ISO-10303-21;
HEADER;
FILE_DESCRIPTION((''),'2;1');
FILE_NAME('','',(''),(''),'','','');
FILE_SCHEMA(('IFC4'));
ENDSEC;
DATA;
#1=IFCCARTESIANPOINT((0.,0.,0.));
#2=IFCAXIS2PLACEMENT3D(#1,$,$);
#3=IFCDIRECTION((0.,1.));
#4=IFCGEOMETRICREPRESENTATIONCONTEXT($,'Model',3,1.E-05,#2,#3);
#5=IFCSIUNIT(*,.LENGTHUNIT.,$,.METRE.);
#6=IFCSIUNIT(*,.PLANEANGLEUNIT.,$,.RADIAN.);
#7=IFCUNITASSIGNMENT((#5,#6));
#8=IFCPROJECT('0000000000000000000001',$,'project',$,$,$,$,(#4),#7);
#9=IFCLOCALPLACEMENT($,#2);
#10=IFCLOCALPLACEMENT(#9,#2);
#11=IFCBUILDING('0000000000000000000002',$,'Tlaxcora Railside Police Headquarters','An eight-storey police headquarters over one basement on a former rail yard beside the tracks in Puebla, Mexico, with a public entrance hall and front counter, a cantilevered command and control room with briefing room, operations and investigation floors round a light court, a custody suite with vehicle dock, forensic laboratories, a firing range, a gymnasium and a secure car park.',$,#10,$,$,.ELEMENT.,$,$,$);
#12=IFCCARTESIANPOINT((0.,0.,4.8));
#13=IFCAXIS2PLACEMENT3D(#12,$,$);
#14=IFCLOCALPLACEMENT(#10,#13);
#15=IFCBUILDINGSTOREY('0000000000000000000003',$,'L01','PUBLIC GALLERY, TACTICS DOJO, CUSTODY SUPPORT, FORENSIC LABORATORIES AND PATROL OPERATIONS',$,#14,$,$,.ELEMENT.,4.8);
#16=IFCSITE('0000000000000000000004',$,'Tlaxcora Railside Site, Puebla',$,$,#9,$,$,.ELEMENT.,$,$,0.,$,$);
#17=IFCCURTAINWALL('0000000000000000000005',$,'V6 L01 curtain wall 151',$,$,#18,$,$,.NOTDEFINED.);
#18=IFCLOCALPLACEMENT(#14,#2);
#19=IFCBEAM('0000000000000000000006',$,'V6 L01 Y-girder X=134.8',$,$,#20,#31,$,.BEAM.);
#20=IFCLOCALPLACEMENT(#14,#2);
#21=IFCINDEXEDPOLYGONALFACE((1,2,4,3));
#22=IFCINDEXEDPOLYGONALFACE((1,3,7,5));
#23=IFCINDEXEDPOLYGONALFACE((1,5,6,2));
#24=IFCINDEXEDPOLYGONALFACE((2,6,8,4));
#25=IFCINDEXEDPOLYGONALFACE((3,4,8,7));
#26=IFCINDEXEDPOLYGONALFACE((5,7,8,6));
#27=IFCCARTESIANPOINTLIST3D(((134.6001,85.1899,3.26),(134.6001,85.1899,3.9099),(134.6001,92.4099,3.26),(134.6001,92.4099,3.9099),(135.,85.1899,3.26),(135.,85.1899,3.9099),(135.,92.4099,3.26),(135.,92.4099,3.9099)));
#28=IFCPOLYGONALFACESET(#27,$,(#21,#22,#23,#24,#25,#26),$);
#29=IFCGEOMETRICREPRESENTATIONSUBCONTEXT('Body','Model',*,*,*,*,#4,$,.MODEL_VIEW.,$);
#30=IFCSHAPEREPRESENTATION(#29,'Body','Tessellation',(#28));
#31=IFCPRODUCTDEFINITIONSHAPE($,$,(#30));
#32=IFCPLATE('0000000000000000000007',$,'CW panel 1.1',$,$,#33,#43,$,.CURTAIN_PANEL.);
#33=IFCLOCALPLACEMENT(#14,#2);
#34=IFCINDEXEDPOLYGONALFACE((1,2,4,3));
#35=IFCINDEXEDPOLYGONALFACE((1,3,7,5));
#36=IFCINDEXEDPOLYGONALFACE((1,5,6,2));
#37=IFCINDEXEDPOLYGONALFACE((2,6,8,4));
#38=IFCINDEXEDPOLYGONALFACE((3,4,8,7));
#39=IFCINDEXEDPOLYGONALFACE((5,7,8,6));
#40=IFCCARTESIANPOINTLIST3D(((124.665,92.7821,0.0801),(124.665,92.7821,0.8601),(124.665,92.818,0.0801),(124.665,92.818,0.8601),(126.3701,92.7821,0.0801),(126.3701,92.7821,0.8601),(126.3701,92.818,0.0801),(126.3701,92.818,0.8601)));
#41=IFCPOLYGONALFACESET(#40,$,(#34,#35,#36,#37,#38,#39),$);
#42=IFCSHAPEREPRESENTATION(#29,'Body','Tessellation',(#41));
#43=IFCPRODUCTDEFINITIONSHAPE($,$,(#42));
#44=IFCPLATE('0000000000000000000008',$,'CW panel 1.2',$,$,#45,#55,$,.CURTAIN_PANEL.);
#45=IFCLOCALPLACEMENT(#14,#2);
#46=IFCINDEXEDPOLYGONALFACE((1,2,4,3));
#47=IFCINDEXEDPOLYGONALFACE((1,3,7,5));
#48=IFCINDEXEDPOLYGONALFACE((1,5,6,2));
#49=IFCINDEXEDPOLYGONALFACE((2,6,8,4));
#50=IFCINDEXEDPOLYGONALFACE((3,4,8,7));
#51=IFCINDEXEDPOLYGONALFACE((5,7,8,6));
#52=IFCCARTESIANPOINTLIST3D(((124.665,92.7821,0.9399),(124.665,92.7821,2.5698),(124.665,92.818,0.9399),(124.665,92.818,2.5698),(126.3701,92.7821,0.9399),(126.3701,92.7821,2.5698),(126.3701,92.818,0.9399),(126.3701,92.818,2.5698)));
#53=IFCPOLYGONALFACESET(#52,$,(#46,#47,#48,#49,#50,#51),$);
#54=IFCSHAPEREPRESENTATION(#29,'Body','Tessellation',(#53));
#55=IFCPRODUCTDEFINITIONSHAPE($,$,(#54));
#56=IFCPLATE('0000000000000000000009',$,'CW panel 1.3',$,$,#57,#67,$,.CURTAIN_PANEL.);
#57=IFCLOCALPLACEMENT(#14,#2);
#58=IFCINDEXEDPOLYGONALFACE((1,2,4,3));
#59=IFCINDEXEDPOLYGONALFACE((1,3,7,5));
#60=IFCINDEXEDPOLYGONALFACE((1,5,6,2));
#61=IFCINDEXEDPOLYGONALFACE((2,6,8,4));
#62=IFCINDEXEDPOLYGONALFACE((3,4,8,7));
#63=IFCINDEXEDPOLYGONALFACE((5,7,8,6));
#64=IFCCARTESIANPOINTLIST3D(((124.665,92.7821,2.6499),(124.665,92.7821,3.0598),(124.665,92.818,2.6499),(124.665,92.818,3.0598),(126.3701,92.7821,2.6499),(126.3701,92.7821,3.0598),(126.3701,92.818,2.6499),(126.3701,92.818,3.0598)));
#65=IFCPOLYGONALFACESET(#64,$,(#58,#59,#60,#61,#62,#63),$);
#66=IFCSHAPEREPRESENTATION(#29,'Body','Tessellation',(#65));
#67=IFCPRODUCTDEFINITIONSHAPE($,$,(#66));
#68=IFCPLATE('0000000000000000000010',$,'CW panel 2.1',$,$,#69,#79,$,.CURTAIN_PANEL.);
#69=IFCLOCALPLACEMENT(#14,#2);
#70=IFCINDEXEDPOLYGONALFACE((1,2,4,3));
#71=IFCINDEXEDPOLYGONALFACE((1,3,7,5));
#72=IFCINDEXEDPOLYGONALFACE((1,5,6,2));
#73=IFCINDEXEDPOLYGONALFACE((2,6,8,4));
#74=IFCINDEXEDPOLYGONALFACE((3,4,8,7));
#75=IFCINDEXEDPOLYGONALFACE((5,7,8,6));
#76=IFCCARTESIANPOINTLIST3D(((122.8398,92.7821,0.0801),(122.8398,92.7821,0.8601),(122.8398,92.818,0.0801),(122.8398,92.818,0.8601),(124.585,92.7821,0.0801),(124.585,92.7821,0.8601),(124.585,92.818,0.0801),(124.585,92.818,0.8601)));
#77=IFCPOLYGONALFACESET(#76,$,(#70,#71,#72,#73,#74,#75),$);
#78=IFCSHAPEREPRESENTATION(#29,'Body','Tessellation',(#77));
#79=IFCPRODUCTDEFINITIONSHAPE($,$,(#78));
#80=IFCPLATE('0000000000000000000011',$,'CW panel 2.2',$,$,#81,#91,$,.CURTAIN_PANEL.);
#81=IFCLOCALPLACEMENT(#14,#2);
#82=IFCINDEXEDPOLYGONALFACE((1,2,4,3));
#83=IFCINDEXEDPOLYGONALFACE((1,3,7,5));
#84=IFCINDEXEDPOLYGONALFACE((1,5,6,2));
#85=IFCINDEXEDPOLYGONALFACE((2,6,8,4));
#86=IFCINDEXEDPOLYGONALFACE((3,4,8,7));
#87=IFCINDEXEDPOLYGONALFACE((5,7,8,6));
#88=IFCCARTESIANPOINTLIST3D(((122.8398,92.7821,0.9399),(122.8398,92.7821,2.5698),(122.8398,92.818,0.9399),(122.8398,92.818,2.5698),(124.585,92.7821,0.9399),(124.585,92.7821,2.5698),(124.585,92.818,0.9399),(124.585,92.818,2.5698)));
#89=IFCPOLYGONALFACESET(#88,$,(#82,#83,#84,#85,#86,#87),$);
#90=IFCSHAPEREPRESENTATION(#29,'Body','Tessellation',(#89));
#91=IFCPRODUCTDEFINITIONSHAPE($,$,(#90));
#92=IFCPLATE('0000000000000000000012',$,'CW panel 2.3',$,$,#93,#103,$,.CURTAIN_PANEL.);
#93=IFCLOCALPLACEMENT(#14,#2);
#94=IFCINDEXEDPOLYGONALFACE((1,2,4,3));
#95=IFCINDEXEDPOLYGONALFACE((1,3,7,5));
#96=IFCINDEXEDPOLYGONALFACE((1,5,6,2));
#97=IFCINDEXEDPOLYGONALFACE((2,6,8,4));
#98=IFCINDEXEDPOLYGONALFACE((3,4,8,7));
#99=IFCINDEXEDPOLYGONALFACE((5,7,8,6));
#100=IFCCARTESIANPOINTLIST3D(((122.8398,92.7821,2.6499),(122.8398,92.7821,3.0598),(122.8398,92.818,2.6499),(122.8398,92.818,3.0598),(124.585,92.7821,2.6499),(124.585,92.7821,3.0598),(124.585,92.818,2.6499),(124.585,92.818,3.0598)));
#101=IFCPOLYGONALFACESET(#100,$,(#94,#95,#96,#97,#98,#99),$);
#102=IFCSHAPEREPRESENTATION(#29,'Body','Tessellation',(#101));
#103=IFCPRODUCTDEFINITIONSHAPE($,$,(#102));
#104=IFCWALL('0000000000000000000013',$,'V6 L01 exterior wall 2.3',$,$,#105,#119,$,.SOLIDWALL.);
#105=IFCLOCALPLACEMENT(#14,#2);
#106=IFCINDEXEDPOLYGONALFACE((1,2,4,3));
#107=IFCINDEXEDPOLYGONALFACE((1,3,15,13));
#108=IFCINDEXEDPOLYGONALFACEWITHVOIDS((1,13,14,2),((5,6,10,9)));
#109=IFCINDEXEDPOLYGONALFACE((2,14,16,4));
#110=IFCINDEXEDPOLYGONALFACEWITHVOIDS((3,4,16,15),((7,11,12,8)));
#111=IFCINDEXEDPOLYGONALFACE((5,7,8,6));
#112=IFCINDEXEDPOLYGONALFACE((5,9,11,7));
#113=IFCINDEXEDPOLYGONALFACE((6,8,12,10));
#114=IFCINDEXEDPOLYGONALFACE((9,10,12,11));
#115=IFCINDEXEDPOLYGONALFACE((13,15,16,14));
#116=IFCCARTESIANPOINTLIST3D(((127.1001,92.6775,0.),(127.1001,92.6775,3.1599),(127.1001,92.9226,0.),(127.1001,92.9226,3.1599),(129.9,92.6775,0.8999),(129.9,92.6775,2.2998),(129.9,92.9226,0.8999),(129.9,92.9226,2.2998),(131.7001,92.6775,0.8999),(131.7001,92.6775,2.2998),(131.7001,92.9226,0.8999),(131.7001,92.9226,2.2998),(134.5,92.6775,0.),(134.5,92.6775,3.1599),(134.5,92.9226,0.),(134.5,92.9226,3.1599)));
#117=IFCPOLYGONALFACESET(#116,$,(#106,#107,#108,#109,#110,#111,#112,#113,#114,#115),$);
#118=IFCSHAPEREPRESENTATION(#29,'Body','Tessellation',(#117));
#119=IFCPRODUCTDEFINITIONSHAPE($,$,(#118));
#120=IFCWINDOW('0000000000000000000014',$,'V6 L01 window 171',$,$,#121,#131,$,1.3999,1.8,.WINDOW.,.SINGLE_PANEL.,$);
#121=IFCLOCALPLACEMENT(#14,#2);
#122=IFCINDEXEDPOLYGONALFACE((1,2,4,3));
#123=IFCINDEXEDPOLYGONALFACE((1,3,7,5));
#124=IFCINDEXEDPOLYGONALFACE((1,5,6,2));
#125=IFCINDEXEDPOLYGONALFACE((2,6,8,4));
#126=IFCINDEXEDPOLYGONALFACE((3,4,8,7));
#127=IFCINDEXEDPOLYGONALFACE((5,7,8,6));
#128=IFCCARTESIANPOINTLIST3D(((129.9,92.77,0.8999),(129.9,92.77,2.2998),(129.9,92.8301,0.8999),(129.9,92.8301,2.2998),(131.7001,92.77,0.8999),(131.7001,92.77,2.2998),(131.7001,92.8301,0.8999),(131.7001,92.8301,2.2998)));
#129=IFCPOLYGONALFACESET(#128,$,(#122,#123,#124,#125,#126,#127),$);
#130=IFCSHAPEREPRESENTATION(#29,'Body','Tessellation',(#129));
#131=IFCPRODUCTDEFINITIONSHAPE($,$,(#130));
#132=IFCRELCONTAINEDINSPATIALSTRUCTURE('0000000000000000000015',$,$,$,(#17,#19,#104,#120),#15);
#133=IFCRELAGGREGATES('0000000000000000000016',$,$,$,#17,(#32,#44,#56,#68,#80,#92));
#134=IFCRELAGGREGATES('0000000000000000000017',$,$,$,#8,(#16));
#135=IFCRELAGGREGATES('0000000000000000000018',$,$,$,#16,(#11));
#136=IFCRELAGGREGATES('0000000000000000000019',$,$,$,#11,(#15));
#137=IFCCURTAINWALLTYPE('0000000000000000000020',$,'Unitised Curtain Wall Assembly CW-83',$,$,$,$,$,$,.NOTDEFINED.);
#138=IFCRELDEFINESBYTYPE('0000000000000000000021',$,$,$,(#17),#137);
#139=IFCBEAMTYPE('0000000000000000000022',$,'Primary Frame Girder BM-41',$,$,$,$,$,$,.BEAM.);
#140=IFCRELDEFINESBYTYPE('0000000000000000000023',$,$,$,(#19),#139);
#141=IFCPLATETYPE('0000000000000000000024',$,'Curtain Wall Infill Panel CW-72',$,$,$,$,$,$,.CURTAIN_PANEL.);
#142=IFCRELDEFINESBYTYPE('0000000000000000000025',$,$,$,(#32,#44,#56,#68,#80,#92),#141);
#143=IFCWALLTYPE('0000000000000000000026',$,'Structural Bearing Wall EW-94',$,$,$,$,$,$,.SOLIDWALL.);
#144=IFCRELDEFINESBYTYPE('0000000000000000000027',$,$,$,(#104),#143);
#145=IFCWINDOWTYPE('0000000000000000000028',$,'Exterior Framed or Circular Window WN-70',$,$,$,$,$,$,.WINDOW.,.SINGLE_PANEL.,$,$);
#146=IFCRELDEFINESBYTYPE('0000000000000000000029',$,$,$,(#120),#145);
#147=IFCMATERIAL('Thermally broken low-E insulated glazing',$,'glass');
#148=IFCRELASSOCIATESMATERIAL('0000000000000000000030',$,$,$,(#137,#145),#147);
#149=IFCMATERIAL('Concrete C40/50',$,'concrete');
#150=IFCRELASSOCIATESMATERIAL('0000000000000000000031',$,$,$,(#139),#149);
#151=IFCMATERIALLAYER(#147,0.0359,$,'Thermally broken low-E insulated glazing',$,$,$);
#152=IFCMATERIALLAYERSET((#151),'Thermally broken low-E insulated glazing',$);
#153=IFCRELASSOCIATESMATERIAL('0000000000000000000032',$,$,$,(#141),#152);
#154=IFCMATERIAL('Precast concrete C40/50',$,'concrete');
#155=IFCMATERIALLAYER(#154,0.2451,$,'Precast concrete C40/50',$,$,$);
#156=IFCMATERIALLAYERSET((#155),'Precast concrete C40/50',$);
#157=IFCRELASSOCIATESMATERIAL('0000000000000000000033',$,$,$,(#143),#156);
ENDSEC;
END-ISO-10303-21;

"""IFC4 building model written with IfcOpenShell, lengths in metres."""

from ifc_helpers import new_model, si_unit, direction, frame, frame_2d, origin, origin_2d, place, context, subcontext, project, spatial, rectangle, extrude, material, layer, layer_set, material_profile, profile_set, type_object, element, fill, aggregate, save


model = new_model("IFC4")

# Units and contexts
model_context = context("Model", 3, precision=1e-05, world=origin(), true_north=direction((0.0, 1.0)))
body_context = subcontext(model_context, "Body", "Model", "MODEL_VIEW")
ifc_project = project(units=[si_unit("LENGTHUNIT", "METRE"), si_unit("PLANEANGLEUNIT", "RADIAN")], contexts=[model_context])

# Site, building, storey
site_placement = place(None, origin())
site = spatial("IfcSite", under=ifc_project, at=site_placement, Name="Tlaxcora Railside Site, Puebla", CompositionType="ELEMENT", RefElevation=0.0)
building_placement = place(site_placement, origin())
building = spatial("IfcBuilding", under=site, at=building_placement, Name="Tlaxcora Railside Police Headquarters", Description="An eight-storey police headquarters over one basement on a former rail yard beside the tracks in Puebla, Mexico, with a public entrance hall and front counter, a cantilevered command and control room with briefing room, operations and investigation floors round a light court, a custody suite with vehicle dock, forensic laboratories, a firing range, a gymnasium and a secure car park.", CompositionType="ELEMENT")
storey_placement = place(building_placement, frame((0.0, 0.0, 4.8)))
storey = spatial("IfcBuildingStorey", under=building, at=storey_placement, Name="L01", Description="PUBLIC GALLERY, TACTICS DOJO, CUSTODY SUPPORT, FORENSIC LABORATORIES AND PATROL OPERATIONS", CompositionType="ELEMENT", Elevation=4.8)

# Shared definitions
ifc_material_1 = material(Name="Concrete C40/50", Category="concrete")

# Curtain wall
ifc_material_2 = material(Name="Thermally broken low-E insulated glazing", Category="glass")
curtain_wall_type = type_object("IfcCurtainWallType", Name="Unitised Curtain Wall Assembly CW-83", PredefinedType="NOTDEFINED", material=ifc_material_2)
curtain_wall_placement = place(storey_placement, origin())
curtain_wall = element("IfcCurtainWall", 1, at=curtain_wall_placement, inside=storey, type_object=curtain_wall_type, Name="V6 L01 curtain wall 151", PredefinedType="NOTDEFINED")

# Beam
ifc_material_profile_1 = material_profile(ifc_material_1, rectangle(XDim=0.3999, YDim=0.6499, at=origin_2d()), Name="RC400X650")
ifc_profile_set_1 = profile_set([ifc_material_profile_1], Name="Concrete C40/50")
beam_type_1 = type_object("IfcBeamType", Name="Primary Frame Girder BM-41", PredefinedType="BEAM", material=ifc_profile_set_1)
for number, where, z_axis, x_axis, name in (
    (2, (134.8, 85.1899, 3.585), (0.0, 1.0, 0.0), (-1.0, 0.0, 0.0), "V6 L01 Y-girder X=134.8"),
):
    element("IfcBeam", number, at=place(storey_placement, frame(where, z_axis=z_axis, x_axis=x_axis)), inside=storey, type_object=beam_type_1, Name=name, PredefinedType="BEAM", context=body_context, shape_type="SweptSolid", body=[
        extrude(rectangle(XDim=0.3999, YDim=0.6499, at=origin_2d()), origin(), (0.0, 0.0, 1.0), 7.22),
    ])

# Plates
ifc_layer_1 = layer(ifc_material_2, 0.0359, Name="Thermally broken low-E insulated glazing")
ifc_layer_set_1 = layer_set([ifc_layer_1], Name="Thermally broken low-E insulated glazing")
plate_type = type_object("IfcPlateType", Name="Curtain Wall Infill Panel CW-72", PredefinedType="CURTAIN_PANEL", material=ifc_layer_set_1)
plate_1_placement = place(storey_placement, frame((125.5176, 92.8, 0.0801), z_axis=(0.0, 0.0, 1.0), x_axis=(-1.0, 0.0, 0.0)))
plate_1 = element("IfcPlate", 3, at=plate_1_placement, type_object=plate_type, Name="CW panel 1.1", PredefinedType="CURTAIN_PANEL", context=body_context, shape_type="SweptSolid", body=[
    extrude(rectangle(XDim=1.7051, YDim=0.0359, at=origin_2d()), origin(), (0.0, 0.0, 1.0), 0.78),
])
plate_2_placement = place(storey_placement, frame((125.5176, 92.8, 0.9399), z_axis=(0.0, 0.0, 1.0), x_axis=(-1.0, 0.0, 0.0)))
plate_2 = element("IfcPlate", 4, at=plate_2_placement, type_object=plate_type, Name="CW panel 1.2", PredefinedType="CURTAIN_PANEL", context=body_context, shape_type="SweptSolid", body=[
    extrude(rectangle(XDim=1.7051, YDim=0.0359, at=origin_2d()), origin(), (0.0, 0.0, 1.0), 1.6299),
])
plate_3_placement = place(storey_placement, frame((125.5176, 92.8, 2.6499), z_axis=(0.0, 0.0, 1.0), x_axis=(-1.0, 0.0, 0.0)))
plate_3 = element("IfcPlate", 5, at=plate_3_placement, type_object=plate_type, Name="CW panel 1.3", PredefinedType="CURTAIN_PANEL", context=body_context, shape_type="SweptSolid", body=[
    extrude(rectangle(XDim=1.7051, YDim=0.0359, at=origin_2d()), origin(), (0.0, 0.0, 1.0), 0.4099),
])
plate_4_placement = place(storey_placement, frame((123.7124, 92.8, 0.0801), z_axis=(0.0, 0.0, 1.0), x_axis=(-1.0, 0.0, 0.0)))
plate_4 = element("IfcPlate", 6, at=plate_4_placement, type_object=plate_type, Name="CW panel 2.1", PredefinedType="CURTAIN_PANEL", context=body_context, shape_type="SweptSolid", body=[
    extrude(rectangle(XDim=1.7451, YDim=0.0359, at=origin_2d()), origin(), (0.0, 0.0, 1.0), 0.78),
])
plate_5_placement = place(storey_placement, frame((123.7124, 92.8, 0.9399), z_axis=(0.0, 0.0, 1.0), x_axis=(-1.0, 0.0, 0.0)))
plate_5 = element("IfcPlate", 7, at=plate_5_placement, type_object=plate_type, Name="CW panel 2.2", PredefinedType="CURTAIN_PANEL", context=body_context, shape_type="SweptSolid", body=[
    extrude(rectangle(XDim=1.7451, YDim=0.0359, at=origin_2d()), origin(), (0.0, 0.0, 1.0), 1.6299),
])
plate_6_placement = place(storey_placement, frame((123.7124, 92.8, 2.6499), z_axis=(0.0, 0.0, 1.0), x_axis=(-1.0, 0.0, 0.0)))
plate_6 = element("IfcPlate", 8, at=plate_6_placement, type_object=plate_type, Name="CW panel 2.3", PredefinedType="CURTAIN_PANEL", context=body_context, shape_type="SweptSolid", body=[
    extrude(rectangle(XDim=1.7451, YDim=0.0359, at=origin_2d()), origin(), (0.0, 0.0, 1.0), 0.4099),
])
aggregate(curtain_wall, [plate_1, plate_2, plate_3, plate_4, plate_5, plate_6])

# Wall, opening, window
ifc_material_3 = material(Name="Precast concrete C40/50", Category="concrete")
ifc_layer_2 = layer(ifc_material_3, 0.2451, Name="Precast concrete C40/50")
ifc_layer_set_2 = layer_set([ifc_layer_2], Name="Precast concrete C40/50")
wall_type = type_object("IfcWallType", Name="Structural Bearing Wall EW-94", PredefinedType="SOLIDWALL", material=ifc_layer_set_2)
wall_placement = place(storey_placement, frame((134.5, 92.8, 0.0), z_axis=(0.0, 0.0, 1.0), x_axis=(-1.0, 0.0, 0.0)))
wall = element("IfcWall", 9, at=wall_placement, inside=storey, type_object=wall_type, Name="V6 L01 exterior wall 2.3", PredefinedType="SOLIDWALL", context=body_context, shape_type="SweptSolid", body=[
    extrude(rectangle(XDim=7.3999, YDim=0.2451, at=frame_2d((3.7, 0.0))), origin(), (0.0, 0.0, 1.0), 3.1599),
])
opening_placement = place(wall_placement, frame((2.8, 0.0, 0.8999)))
opening = element("IfcOpeningElement", 10, at=opening_placement, cuts=wall, PredefinedType="OPENING", context=body_context, shape_type="SweptSolid", body=[
    extrude(rectangle(XDim=1.8, YDim=1.3999, at=frame_2d((0.8999, 0.7))), frame((0.0, 0.1326, 0.0), z_axis=(0.0, -1.0, 0.0), x_axis=(1.0, 0.0, 0.0)), (0.0, 0.0, 1.0), 0.2651),
])
window_type = type_object("IfcWindowType", Name="Exterior Framed or Circular Window WN-70", PartitioningType="SINGLE_PANEL", PredefinedType="WINDOW", material=ifc_material_2)
window_placement = place(opening_placement, origin())
window = element("IfcWindow", 11, at=window_placement, inside=storey, type_object=window_type, Name="V6 L01 window 171", OverallHeight=1.3999, OverallWidth=1.8, PartitioningType="SINGLE_PANEL", PredefinedType="WINDOW", context=body_context, shape_type="SweptSolid", body=[
    extrude(rectangle(XDim=1.8, YDim=1.3999, at=frame_2d((0.8999, 0.7))), frame((0.0, 0.03, 0.0), z_axis=(0.0, -1.0, 0.0), x_axis=(1.0, 0.0, 0.0)), (0.0, 0.0, 1.0), 0.0601),
])
fill(opening, window)

save(model, "model.ifc")
